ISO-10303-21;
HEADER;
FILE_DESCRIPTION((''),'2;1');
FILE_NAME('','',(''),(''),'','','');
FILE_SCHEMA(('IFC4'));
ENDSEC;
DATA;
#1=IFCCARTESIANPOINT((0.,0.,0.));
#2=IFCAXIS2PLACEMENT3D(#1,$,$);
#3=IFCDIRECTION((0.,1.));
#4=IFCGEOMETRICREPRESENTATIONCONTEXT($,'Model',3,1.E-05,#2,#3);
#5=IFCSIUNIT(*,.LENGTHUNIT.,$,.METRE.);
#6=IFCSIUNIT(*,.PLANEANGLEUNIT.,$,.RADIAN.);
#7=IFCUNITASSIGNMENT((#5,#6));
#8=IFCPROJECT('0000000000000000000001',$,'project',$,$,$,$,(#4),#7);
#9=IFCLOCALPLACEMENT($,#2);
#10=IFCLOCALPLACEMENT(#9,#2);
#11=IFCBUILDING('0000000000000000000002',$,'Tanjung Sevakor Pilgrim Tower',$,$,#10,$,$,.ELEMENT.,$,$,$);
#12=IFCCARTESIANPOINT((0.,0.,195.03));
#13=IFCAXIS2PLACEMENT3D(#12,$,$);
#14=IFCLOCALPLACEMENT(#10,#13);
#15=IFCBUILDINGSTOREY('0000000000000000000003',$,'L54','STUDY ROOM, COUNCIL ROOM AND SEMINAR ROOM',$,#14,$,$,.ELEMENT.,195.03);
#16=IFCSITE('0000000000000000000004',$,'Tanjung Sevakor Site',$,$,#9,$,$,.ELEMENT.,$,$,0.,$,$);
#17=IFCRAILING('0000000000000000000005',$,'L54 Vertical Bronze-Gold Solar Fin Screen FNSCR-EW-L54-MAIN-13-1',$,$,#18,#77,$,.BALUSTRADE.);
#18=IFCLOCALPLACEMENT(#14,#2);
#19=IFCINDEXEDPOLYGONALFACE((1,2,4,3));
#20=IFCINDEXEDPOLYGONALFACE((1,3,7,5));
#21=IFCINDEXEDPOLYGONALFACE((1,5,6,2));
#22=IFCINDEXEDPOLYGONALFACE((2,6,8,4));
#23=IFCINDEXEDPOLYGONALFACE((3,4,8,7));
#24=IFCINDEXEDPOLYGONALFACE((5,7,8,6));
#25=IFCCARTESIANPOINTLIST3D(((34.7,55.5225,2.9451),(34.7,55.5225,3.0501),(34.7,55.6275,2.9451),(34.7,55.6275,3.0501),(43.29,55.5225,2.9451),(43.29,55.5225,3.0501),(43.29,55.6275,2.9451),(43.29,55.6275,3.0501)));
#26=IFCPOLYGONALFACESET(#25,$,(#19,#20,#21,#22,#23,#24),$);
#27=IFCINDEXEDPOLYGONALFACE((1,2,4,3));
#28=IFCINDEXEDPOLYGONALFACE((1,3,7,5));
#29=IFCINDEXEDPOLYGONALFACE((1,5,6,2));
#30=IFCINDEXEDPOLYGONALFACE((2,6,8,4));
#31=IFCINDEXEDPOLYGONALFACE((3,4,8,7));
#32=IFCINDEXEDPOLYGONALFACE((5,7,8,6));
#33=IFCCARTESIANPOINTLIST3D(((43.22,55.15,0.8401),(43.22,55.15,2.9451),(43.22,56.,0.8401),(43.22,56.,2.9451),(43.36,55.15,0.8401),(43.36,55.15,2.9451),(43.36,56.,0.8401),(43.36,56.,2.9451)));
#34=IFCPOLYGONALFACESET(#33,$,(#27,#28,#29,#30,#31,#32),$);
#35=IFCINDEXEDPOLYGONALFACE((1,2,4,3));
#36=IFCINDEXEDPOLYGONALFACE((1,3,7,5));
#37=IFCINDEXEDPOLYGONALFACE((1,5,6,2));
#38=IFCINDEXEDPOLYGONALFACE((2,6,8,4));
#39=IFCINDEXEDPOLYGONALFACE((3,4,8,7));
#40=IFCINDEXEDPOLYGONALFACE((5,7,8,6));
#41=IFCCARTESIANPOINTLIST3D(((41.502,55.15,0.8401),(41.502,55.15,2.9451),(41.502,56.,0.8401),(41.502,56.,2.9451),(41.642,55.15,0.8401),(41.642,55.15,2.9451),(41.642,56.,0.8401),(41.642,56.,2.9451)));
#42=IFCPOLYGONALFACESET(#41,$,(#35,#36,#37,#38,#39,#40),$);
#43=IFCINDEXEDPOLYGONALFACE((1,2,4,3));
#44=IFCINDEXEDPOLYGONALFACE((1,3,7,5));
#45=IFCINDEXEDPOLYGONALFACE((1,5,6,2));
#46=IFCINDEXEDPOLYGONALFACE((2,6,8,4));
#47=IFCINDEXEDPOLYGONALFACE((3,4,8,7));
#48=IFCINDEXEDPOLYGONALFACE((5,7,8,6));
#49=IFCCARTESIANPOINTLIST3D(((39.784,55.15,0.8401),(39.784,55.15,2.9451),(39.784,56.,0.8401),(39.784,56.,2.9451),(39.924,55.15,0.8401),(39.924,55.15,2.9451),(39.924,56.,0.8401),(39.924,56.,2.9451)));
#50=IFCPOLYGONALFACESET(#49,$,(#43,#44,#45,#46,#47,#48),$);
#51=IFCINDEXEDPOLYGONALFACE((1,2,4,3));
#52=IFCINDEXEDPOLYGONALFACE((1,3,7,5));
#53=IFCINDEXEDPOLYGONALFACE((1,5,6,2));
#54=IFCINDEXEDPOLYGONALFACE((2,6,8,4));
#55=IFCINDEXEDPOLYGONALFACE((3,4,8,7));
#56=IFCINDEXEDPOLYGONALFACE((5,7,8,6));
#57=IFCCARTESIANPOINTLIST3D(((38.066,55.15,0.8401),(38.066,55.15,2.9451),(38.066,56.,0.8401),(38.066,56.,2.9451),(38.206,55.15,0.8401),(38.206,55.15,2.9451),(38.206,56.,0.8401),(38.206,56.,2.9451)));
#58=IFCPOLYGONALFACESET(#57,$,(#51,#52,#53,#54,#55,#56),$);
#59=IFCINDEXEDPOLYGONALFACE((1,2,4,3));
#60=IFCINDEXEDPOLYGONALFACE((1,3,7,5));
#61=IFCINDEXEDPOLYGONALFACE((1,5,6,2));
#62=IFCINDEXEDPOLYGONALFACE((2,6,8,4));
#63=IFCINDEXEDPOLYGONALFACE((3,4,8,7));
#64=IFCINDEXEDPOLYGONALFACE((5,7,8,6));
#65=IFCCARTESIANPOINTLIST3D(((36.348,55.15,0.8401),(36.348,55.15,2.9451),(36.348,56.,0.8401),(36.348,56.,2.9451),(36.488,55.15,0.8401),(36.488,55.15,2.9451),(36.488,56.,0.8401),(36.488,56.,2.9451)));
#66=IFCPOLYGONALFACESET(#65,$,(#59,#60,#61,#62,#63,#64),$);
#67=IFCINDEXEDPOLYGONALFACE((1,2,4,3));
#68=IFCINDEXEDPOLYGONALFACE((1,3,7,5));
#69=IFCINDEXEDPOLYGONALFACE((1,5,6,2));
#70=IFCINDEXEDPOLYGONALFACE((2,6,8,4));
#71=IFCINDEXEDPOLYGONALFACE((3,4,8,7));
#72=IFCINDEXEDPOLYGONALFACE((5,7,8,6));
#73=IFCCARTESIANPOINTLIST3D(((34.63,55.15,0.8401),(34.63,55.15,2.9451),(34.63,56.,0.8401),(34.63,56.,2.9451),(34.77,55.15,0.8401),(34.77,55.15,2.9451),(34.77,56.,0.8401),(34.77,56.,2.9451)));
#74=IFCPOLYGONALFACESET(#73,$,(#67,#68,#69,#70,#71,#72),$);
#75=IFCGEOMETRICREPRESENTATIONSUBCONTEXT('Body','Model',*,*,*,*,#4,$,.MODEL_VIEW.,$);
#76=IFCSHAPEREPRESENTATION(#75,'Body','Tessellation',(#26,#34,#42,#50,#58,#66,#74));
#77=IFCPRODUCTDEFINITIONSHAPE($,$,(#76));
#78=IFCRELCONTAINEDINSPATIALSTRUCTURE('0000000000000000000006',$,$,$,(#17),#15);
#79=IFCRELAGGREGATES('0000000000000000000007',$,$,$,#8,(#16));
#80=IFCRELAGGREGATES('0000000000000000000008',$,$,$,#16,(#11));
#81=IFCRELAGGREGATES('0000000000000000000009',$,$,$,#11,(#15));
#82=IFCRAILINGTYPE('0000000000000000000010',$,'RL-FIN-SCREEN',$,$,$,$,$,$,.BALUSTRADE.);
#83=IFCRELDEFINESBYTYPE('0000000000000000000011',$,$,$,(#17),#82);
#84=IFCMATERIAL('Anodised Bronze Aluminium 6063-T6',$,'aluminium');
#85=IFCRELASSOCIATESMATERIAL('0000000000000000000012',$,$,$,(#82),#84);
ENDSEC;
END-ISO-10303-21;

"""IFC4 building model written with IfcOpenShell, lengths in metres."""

from ifc_helpers import new_model, si_unit, direction, frame, origin, place, context, subcontext, project, spatial, rectangle, extrude, material, type_object, element, save


model = new_model("IFC4")

# Units and contexts
model_context = context("Model", 3, precision=1e-05, world=origin(), true_north=direction((0.0, 1.0)))
body_context = subcontext(model_context, "Body", "Model", "MODEL_VIEW")
ifc_project = project(units=[si_unit("LENGTHUNIT", "METRE"), si_unit("PLANEANGLEUNIT", "RADIAN")], contexts=[model_context])

# Site, building, storey
site_placement = place(None, origin())
site = spatial("IfcSite", under=ifc_project, at=site_placement, Name="Tanjung Sevakor Site", CompositionType="ELEMENT", RefElevation=0.0)
building_placement = place(site_placement, origin())
building = spatial("IfcBuilding", under=site, at=building_placement, Name="Tanjung Sevakor Pilgrim Tower", CompositionType="ELEMENT")
storey_placement = place(building_placement, frame((0.0, 0.0, 195.03)))
storey = spatial("IfcBuildingStorey", under=building, at=storey_placement, Name="L54", Description="STUDY ROOM, COUNCIL ROOM AND SEMINAR ROOM", CompositionType="ELEMENT", Elevation=195.03)

# Railing
ifc_material_1 = material(Name="Anodised Bronze Aluminium 6063-T6", Category="aluminium")
railing_type = type_object("IfcRailingType", Name="RL-FIN-SCREEN", PredefinedType="BALUSTRADE", material=ifc_material_1)
railing_placement = place(storey_placement, frame((43.29, 55.575, 0.8401)))
element("IfcRailing", 1, at=railing_placement, inside=storey, type_object=railing_type, Name="L54 Vertical Bronze-Gold Solar Fin Screen FNSCR-EW-L54-MAIN-13-1", PredefinedType="BALUSTRADE", context=body_context, shape_type="SweptSolid", body=[
    extrude(rectangle(XDim=0.105, YDim=0.105), frame((0.0, 0.0, 2.1575), z_axis=(-1.0, 0.0, 0.0), x_axis=(0.0, -1.0, 0.0)), (0.0, 0.0, 1.0), 8.5901),
    extrude(rectangle(XDim=0.14, YDim=0.85), origin(), (0.0, 0.0, 1.0), 2.105),
    extrude(rectangle(XDim=0.14, YDim=0.85), frame((-1.718, 0.0, 0.0)), (0.0, 0.0, 1.0), 2.105),
    extrude(rectangle(XDim=0.14, YDim=0.85), frame((-3.436, 0.0, 0.0)), (0.0, 0.0, 1.0), 2.105),
    extrude(rectangle(XDim=0.14, YDim=0.85), frame((-5.1541, 0.0, 0.0)), (0.0, 0.0, 1.0), 2.105),
    extrude(rectangle(XDim=0.14, YDim=0.85), frame((-6.8721, 0.0, 0.0)), (0.0, 0.0, 1.0), 2.105),
    extrude(rectangle(XDim=0.14, YDim=0.85), frame((-8.5901, 0.0, 0.0)), (0.0, 0.0, 1.0), 2.105),
])

save(model, "model.ifc")
